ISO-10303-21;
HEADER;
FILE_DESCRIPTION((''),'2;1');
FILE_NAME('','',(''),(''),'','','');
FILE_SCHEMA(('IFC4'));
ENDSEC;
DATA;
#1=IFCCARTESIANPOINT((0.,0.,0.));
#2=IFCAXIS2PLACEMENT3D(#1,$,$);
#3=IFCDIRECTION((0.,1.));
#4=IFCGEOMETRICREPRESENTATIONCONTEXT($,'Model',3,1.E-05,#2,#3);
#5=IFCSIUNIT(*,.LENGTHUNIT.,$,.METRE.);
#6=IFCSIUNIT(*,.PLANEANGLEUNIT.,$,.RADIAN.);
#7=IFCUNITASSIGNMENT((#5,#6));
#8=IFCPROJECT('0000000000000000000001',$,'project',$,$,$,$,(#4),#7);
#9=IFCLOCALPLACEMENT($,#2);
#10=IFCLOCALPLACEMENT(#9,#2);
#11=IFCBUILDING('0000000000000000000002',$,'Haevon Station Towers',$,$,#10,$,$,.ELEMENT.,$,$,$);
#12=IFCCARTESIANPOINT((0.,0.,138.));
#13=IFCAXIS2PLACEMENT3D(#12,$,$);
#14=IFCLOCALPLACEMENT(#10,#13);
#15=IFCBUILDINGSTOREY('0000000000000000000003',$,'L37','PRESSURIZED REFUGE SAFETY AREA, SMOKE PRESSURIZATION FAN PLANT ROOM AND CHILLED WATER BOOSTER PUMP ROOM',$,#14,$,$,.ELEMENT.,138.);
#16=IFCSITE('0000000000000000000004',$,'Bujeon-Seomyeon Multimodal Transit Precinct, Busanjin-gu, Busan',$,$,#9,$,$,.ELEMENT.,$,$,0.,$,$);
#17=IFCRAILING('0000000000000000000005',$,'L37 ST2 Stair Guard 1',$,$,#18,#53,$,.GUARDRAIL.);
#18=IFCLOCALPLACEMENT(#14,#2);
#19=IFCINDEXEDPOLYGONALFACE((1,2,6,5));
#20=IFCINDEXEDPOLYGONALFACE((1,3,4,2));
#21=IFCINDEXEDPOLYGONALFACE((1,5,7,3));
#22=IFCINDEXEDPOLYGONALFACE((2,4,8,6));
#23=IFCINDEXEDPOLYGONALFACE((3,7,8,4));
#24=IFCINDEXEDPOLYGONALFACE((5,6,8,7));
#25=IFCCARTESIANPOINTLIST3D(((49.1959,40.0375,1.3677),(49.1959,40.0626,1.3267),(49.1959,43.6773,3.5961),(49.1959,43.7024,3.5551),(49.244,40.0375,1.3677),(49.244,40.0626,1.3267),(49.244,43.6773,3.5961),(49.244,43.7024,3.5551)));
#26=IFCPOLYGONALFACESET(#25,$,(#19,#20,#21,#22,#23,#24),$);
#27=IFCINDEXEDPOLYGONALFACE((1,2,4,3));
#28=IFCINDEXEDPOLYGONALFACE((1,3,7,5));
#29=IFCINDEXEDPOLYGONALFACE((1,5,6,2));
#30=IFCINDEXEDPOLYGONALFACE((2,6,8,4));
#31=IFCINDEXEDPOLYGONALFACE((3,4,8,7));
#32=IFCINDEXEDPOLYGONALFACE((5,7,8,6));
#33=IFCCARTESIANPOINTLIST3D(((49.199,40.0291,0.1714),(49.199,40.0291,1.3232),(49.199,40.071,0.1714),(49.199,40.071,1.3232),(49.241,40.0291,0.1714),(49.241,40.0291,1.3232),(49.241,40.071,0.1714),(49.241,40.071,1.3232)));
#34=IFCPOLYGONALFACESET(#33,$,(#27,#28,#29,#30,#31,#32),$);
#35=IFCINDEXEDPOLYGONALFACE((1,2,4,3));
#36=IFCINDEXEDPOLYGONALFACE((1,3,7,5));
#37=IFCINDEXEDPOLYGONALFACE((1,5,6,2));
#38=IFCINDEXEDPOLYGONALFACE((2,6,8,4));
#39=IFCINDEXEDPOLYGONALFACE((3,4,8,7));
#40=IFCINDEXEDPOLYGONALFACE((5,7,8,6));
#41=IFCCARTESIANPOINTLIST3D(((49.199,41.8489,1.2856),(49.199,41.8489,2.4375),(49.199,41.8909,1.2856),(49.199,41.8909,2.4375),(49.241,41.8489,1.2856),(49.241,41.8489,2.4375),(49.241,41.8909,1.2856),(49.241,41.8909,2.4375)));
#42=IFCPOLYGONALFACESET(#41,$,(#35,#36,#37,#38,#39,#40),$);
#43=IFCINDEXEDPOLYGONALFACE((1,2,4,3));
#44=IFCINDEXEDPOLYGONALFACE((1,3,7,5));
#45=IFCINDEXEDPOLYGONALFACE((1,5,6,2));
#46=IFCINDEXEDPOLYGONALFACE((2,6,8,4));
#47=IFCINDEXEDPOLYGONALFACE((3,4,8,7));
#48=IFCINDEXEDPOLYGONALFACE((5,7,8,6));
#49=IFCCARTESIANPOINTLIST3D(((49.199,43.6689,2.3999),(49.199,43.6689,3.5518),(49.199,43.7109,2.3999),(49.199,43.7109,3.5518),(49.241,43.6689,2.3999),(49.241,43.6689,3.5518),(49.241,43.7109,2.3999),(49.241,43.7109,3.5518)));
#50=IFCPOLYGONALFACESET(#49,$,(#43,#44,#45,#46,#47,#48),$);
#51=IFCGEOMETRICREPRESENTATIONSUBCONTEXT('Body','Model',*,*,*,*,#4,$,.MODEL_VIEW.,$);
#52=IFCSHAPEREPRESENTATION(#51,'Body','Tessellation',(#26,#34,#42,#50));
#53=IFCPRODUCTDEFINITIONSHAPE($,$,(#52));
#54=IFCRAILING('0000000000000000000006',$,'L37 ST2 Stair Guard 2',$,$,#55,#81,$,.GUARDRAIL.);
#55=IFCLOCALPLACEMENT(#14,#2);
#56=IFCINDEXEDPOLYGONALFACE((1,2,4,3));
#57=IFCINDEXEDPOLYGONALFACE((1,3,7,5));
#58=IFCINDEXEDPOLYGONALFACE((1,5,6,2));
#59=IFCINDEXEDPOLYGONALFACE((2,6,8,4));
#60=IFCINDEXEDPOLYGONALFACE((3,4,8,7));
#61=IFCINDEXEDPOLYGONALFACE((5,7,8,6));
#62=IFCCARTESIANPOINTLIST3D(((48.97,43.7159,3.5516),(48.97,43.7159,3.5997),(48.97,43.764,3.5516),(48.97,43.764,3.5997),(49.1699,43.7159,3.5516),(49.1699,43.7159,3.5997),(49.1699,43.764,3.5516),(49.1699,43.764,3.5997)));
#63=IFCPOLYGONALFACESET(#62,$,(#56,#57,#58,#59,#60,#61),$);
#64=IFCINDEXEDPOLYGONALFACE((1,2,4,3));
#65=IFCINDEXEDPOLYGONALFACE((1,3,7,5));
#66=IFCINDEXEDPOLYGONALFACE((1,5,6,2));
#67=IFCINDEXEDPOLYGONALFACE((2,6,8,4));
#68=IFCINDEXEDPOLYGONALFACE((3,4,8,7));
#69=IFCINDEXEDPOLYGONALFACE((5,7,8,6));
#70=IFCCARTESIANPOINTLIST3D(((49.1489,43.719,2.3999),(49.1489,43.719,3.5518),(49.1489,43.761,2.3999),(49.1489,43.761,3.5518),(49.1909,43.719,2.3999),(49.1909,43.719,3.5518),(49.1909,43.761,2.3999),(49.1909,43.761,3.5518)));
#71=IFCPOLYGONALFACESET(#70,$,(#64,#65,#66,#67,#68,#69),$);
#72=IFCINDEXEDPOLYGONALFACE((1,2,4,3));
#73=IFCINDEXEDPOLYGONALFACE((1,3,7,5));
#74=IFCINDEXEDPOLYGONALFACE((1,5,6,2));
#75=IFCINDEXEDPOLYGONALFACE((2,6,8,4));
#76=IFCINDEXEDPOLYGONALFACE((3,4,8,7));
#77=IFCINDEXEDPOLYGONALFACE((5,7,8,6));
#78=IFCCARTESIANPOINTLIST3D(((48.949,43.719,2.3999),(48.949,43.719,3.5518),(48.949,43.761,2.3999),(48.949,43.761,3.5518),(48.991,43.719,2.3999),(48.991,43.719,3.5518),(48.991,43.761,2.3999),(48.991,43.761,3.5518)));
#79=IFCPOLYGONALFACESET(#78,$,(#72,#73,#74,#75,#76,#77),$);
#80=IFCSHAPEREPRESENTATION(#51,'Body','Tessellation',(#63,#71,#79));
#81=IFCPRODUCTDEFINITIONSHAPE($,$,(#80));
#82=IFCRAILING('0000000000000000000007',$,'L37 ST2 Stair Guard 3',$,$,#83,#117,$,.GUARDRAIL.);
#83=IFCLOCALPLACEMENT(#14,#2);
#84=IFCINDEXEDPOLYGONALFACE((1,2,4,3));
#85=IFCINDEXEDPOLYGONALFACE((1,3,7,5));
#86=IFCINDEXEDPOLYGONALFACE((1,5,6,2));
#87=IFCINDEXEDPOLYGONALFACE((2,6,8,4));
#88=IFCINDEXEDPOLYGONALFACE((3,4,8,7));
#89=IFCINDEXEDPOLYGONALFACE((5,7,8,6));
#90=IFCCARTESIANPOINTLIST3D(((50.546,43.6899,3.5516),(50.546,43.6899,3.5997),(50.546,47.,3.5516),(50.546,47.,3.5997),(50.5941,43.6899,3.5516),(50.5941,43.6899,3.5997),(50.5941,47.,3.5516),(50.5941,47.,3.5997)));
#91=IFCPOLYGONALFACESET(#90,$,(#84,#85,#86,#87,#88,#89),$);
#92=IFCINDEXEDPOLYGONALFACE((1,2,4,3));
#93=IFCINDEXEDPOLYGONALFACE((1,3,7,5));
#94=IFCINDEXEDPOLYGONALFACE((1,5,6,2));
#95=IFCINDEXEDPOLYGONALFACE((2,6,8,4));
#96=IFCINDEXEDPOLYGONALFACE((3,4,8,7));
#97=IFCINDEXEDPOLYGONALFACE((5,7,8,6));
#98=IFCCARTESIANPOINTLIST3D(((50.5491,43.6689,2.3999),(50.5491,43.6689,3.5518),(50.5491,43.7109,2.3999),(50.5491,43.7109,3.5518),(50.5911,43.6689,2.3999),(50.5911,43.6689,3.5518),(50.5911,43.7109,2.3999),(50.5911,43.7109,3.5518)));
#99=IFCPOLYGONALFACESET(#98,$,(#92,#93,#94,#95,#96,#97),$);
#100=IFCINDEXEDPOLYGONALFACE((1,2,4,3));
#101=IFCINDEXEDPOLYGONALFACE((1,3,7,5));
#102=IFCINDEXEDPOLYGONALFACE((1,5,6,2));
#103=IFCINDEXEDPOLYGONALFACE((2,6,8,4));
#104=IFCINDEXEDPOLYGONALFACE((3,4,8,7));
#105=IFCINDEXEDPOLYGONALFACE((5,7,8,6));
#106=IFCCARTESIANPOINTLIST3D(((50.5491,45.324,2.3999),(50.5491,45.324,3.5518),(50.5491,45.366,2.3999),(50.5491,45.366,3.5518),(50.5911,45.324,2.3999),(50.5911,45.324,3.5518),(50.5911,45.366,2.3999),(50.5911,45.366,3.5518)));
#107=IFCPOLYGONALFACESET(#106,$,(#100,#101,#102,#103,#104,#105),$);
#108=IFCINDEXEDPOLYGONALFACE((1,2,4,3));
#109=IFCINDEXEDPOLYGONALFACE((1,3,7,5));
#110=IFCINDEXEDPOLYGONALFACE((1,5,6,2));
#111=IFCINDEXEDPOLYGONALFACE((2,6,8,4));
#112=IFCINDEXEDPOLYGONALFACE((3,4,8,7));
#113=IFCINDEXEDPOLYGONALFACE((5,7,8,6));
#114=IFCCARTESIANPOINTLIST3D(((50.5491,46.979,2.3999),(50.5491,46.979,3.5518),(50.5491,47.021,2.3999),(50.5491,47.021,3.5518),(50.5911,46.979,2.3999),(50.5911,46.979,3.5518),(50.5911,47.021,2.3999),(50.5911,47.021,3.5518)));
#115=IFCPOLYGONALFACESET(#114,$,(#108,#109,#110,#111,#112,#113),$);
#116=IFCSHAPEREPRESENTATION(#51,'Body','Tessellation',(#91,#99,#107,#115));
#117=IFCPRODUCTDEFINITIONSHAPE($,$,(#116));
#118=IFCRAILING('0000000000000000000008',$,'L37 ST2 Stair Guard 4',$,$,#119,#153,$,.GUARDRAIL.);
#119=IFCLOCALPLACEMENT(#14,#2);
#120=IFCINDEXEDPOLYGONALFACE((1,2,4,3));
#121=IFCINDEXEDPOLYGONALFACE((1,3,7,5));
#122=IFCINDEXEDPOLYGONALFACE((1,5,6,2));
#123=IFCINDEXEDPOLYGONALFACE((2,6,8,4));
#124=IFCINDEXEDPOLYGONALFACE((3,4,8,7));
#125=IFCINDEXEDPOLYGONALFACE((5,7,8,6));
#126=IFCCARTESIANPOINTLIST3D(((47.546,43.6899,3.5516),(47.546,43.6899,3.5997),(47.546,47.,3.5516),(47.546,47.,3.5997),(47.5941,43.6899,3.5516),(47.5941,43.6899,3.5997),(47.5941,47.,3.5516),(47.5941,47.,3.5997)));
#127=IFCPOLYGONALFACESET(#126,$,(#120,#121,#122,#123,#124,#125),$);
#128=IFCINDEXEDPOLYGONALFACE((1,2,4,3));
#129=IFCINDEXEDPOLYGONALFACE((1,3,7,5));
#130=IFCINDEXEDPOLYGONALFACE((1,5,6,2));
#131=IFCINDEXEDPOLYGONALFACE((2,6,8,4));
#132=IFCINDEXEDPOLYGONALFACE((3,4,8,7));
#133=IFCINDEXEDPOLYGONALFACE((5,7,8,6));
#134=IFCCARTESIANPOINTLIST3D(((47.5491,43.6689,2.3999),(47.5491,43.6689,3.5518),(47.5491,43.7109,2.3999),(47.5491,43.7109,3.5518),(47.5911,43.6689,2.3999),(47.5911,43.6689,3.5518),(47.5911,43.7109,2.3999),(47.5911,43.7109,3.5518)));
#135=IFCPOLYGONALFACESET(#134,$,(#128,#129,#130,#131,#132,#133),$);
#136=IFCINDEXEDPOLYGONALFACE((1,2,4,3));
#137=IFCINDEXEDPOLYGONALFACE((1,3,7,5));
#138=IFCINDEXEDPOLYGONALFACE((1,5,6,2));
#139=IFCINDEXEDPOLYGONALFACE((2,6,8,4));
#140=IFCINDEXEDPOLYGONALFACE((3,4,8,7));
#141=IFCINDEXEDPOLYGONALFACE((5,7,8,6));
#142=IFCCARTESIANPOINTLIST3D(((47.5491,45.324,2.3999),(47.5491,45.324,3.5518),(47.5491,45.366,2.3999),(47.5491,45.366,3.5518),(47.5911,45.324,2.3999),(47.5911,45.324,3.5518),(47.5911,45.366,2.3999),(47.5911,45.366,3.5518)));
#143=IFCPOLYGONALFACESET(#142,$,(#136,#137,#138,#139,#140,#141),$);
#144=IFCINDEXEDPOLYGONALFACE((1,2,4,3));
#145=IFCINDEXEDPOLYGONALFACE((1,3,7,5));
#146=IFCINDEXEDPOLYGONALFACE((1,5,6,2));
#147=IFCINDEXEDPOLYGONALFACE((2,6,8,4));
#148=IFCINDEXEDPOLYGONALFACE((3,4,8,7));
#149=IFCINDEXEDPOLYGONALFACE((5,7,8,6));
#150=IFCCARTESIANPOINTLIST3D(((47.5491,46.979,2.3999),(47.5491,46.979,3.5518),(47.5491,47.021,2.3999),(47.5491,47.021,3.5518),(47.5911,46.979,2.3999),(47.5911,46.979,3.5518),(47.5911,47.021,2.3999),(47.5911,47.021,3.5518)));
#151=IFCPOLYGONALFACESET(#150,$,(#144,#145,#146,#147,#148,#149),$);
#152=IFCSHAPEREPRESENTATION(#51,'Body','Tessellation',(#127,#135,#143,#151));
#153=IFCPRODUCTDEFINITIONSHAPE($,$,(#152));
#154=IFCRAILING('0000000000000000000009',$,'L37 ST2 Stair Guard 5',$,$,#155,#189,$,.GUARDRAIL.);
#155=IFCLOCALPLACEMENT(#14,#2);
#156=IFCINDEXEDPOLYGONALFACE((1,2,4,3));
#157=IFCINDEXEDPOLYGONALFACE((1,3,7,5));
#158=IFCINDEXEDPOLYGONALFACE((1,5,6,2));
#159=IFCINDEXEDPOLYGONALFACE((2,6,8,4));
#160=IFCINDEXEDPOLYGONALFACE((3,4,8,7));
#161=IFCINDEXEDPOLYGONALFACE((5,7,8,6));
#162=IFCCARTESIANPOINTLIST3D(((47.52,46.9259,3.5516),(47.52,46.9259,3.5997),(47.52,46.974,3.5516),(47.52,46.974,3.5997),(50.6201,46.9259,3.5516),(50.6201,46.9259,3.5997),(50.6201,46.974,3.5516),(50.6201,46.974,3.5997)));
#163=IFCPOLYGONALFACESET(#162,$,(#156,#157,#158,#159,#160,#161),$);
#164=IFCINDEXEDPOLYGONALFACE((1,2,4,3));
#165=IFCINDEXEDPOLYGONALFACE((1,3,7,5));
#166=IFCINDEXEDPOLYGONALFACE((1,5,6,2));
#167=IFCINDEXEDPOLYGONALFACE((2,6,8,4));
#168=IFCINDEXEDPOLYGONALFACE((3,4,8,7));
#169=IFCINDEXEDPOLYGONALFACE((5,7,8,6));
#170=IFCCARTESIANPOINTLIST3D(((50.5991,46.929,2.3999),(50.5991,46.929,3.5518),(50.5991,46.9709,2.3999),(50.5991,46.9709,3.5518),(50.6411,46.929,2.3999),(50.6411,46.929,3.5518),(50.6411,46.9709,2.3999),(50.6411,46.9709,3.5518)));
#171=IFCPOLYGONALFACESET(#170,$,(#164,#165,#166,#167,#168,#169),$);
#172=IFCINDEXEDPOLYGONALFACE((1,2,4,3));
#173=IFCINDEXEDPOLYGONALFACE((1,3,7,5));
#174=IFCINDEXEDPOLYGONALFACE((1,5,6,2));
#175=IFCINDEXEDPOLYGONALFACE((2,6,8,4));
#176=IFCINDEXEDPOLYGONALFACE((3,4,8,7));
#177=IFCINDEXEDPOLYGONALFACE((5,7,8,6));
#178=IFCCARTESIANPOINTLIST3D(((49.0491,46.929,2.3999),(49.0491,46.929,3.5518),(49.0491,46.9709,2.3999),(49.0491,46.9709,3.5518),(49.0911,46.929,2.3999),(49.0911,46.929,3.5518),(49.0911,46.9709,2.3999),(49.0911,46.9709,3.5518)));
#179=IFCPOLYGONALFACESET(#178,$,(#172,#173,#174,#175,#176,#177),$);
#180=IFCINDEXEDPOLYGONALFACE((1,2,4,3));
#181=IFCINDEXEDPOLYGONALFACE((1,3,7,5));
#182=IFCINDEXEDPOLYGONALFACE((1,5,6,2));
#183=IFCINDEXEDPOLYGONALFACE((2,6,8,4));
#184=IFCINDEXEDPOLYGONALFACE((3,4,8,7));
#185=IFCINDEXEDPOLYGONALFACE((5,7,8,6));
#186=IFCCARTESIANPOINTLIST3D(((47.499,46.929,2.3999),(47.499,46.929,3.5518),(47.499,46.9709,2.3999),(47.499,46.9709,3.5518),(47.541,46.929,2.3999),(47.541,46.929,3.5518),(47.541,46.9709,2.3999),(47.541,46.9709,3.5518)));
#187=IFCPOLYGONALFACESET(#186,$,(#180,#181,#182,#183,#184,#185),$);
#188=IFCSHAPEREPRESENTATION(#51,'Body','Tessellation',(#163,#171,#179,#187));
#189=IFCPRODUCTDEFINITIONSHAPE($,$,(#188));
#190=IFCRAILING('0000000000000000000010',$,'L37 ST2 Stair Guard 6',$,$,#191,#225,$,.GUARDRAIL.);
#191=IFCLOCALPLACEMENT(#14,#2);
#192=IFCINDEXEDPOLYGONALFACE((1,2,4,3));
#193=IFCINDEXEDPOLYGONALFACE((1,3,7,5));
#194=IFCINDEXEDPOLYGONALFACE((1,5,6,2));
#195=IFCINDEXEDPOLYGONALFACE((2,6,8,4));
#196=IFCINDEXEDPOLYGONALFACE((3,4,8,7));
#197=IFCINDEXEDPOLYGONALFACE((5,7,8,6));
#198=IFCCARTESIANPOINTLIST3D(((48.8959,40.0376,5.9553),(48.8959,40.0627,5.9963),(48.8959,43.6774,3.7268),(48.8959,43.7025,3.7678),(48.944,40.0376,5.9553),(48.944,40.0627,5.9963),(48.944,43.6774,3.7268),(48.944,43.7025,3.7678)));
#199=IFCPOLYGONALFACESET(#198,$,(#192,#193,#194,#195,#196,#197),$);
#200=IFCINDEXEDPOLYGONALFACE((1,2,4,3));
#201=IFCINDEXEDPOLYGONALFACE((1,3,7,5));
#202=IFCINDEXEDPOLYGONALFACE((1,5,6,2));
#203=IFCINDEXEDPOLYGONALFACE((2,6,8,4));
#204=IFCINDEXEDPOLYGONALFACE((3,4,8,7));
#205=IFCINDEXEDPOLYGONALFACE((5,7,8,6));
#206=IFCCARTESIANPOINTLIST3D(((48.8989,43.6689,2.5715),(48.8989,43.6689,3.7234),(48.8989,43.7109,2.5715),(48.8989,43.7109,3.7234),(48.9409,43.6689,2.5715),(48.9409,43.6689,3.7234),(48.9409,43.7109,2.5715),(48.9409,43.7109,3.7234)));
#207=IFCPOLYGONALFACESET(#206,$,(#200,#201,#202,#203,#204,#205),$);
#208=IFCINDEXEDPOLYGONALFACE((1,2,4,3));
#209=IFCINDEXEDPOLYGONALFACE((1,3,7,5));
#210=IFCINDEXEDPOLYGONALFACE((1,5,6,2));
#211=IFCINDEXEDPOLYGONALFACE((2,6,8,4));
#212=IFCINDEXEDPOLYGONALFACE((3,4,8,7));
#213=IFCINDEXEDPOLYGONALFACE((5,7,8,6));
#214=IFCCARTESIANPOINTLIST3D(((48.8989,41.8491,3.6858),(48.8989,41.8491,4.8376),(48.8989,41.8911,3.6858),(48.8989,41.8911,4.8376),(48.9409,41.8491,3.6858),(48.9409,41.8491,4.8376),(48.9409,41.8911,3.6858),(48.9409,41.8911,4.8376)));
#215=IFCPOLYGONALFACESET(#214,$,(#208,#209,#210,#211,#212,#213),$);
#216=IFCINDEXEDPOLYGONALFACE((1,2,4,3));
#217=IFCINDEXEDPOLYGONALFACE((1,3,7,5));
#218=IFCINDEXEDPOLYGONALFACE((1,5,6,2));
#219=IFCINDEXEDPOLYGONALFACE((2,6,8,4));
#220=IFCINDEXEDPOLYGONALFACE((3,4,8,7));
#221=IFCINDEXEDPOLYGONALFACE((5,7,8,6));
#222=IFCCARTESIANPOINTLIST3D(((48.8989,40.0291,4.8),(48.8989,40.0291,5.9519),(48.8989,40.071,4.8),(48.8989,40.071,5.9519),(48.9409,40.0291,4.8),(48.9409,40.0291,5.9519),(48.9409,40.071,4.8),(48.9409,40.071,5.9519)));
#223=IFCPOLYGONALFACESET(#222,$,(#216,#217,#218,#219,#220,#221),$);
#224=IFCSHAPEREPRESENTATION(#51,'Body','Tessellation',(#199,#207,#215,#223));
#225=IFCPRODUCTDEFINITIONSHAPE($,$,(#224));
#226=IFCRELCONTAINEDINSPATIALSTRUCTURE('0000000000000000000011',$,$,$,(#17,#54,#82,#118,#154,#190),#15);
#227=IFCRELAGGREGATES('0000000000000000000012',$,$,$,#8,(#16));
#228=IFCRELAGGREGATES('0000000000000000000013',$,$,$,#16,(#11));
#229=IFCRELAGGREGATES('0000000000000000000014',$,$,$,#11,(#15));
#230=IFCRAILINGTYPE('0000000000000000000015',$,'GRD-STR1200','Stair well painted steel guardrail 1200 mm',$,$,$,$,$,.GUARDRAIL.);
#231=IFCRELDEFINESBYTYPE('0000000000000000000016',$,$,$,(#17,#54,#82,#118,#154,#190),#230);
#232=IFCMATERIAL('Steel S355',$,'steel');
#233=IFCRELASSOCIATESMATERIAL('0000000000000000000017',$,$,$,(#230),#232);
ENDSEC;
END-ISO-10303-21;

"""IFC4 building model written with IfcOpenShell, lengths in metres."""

from ifc_helpers import new_model, si_unit, direction, frame, origin, origin_2d, place, context, subcontext, project, spatial, rectangle, extrude, material, type_object, element, save


model = new_model("IFC4")

# Units and contexts
model_context = context("Model", 3, precision=1e-05, world=origin(), true_north=direction((0.0, 1.0)))
body_context = subcontext(model_context, "Body", "Model", "MODEL_VIEW")
ifc_project = project(units=[si_unit("LENGTHUNIT", "METRE"), si_unit("PLANEANGLEUNIT", "RADIAN")], contexts=[model_context])

# Site, building, storey
site_placement = place(None, origin())
site = spatial("IfcSite", under=ifc_project, at=site_placement, Name="Bujeon-Seomyeon Multimodal Transit Precinct, Busanjin-gu, Busan", CompositionType="ELEMENT", RefElevation=0.0)
building_placement = place(site_placement, origin())
building = spatial("IfcBuilding", under=site, at=building_placement, Name="Haevon Station Towers", CompositionType="ELEMENT")
storey_placement = place(building_placement, frame((0.0, 0.0, 138.0)))
storey = spatial("IfcBuildingStorey", under=building, at=storey_placement, Name="L37", Description="PRESSURIZED REFUGE SAFETY AREA, SMOKE PRESSURIZATION FAN PLANT ROOM AND CHILLED WATER BOOSTER PUMP ROOM", CompositionType="ELEMENT", Elevation=138.0)

# Shared definitions
ifc_material_1 = material(Name="Steel S355", Category="steel")

# Railings
railing_type_1 = type_object("IfcRailingType", Name="GRD-STR1200", Description="Stair well painted steel guardrail 1200 mm", PredefinedType="GUARDRAIL", material=ifc_material_1)
railing_1_placement = place(storey_placement, frame((49.22, 40.05, 0.1714)))
element("IfcRailing", 1, at=railing_1_placement, inside=storey, type_object=railing_type_1, Name="L37 ST2 Stair Guard 1", PredefinedType="GUARDRAIL", context=body_context, shape_type="SweptSolid", body=[
    extrude(rectangle(XDim=0.0481, YDim=0.0481, at=origin_2d()), frame((0.0, 0.0, 1.1758), z_axis=(0.0, 0.85285, 0.522156), x_axis=(-1.0, 0.0, 0.0)), (0.0, 0.0, 1.0), 4.2678),
    extrude(rectangle(XDim=0.042, YDim=0.042, at=origin_2d()), origin(), (0.0, 0.0, 1.0), 1.1519),
    extrude(rectangle(XDim=0.042, YDim=0.042, at=origin_2d()), frame((0.0, 1.8198, 1.1143)), (0.0, 0.0, 1.0), 1.1519),
    extrude(rectangle(XDim=0.042, YDim=0.042, at=origin_2d()), frame((0.0, 3.6399, 2.2285)), (0.0, 0.0, 1.0), 1.1519),
])
railing_2_placement = place(storey_placement, frame((49.1699, 43.74, 2.3999)))
element("IfcRailing", 2, at=railing_2_placement, inside=storey, type_object=railing_type_1, Name="L37 ST2 Stair Guard 2", PredefinedType="GUARDRAIL", context=body_context, shape_type="SweptSolid", body=[
    extrude(rectangle(XDim=0.0481, YDim=0.0481, at=origin_2d()), frame((0.0, 0.0, 1.1758), z_axis=(-1.0, 0.0, 0.0), x_axis=(0.0, -1.0, 0.0)), (0.0, 0.0, 1.0), 0.2),
    extrude(rectangle(XDim=0.042, YDim=0.042, at=origin_2d()), origin(), (0.0, 0.0, 1.0), 1.1519),
    extrude(rectangle(XDim=0.042, YDim=0.042, at=origin_2d()), frame((-0.2, 0.0, 0.0)), (0.0, 0.0, 1.0), 1.1519),
])
for number, where, name in (
    (3, (50.5701, 43.6899, 2.3999), "L37 ST2 Stair Guard 3"),
    (4, (47.5701, 43.6899, 2.3999), "L37 ST2 Stair Guard 4"),
):
    element("IfcRailing", number, at=place(storey_placement, frame(where)), inside=storey, type_object=railing_type_1, Name=name, PredefinedType="GUARDRAIL", context=body_context, shape_type="SweptSolid", body=[
        extrude(rectangle(XDim=0.0481, YDim=0.0481, at=origin_2d()), frame((0.0, 0.0, 1.1758), z_axis=(0.0, 1.0, 0.0), x_axis=(-1.0, 0.0, 0.0)), (0.0, 0.0, 1.0), 3.3101),
        extrude(rectangle(XDim=0.042, YDim=0.042, at=origin_2d()), origin(), (0.0, 0.0, 1.0), 1.1519),
        extrude(rectangle(XDim=0.042, YDim=0.042, at=origin_2d()), frame((0.0, 1.655, 0.0)), (0.0, 0.0, 1.0), 1.1519),
        extrude(rectangle(XDim=0.042, YDim=0.042, at=origin_2d()), frame((0.0, 3.3101, 0.0)), (0.0, 0.0, 1.0), 1.1519),
    ])
railing_3_placement = place(storey_placement, frame((50.6201, 46.95, 2.3999)))
element("IfcRailing", 5, at=railing_3_placement, inside=storey, type_object=railing_type_1, Name="L37 ST2 Stair Guard 5", PredefinedType="GUARDRAIL", context=body_context, shape_type="SweptSolid", body=[
    extrude(rectangle(XDim=0.0481, YDim=0.0481, at=origin_2d()), frame((0.0, 0.0, 1.1758), z_axis=(-1.0, 0.0, 0.0), x_axis=(0.0, -1.0, 0.0)), (0.0, 0.0, 1.0), 3.1001),
    extrude(rectangle(XDim=0.042, YDim=0.042, at=origin_2d()), origin(), (0.0, 0.0, 1.0), 1.1519),
    extrude(rectangle(XDim=0.042, YDim=0.042, at=origin_2d()), frame((-1.55, 0.0, 0.0)), (0.0, 0.0, 1.0), 1.1519),
    extrude(rectangle(XDim=0.042, YDim=0.042, at=origin_2d()), frame((-3.1001, 0.0, 0.0)), (0.0, 0.0, 1.0), 1.1519),
])
railing_4_placement = place(storey_placement, frame((48.9199, 43.6899, 2.5715)))
element("IfcRailing", 6, at=railing_4_placement, inside=storey, type_object=railing_type_1, Name="L37 ST2 Stair Guard 6", PredefinedType="GUARDRAIL", context=body_context, shape_type="SweptSolid", body=[
    extrude(rectangle(XDim=0.0481, YDim=0.0481, at=origin_2d()), frame((0.0, 0.0, 1.1758), z_axis=(0.0, -0.85285, 0.522156), x_axis=(1.0, 0.0, 0.0)), (0.0, 0.0, 1.0), 4.2678),
    extrude(rectangle(XDim=0.042, YDim=0.042, at=origin_2d()), origin(), (0.0, 0.0, 1.0), 1.1519),
    extrude(rectangle(XDim=0.042, YDim=0.042, at=origin_2d()), frame((0.0, -1.8198, 1.1143)), (0.0, 0.0, 1.0), 1.1519),
    extrude(rectangle(XDim=0.042, YDim=0.042, at=origin_2d()), frame((0.0, -3.6399, 2.2285)), (0.0, 0.0, 1.0), 1.1519),
])

save(model, "model.ifc")
